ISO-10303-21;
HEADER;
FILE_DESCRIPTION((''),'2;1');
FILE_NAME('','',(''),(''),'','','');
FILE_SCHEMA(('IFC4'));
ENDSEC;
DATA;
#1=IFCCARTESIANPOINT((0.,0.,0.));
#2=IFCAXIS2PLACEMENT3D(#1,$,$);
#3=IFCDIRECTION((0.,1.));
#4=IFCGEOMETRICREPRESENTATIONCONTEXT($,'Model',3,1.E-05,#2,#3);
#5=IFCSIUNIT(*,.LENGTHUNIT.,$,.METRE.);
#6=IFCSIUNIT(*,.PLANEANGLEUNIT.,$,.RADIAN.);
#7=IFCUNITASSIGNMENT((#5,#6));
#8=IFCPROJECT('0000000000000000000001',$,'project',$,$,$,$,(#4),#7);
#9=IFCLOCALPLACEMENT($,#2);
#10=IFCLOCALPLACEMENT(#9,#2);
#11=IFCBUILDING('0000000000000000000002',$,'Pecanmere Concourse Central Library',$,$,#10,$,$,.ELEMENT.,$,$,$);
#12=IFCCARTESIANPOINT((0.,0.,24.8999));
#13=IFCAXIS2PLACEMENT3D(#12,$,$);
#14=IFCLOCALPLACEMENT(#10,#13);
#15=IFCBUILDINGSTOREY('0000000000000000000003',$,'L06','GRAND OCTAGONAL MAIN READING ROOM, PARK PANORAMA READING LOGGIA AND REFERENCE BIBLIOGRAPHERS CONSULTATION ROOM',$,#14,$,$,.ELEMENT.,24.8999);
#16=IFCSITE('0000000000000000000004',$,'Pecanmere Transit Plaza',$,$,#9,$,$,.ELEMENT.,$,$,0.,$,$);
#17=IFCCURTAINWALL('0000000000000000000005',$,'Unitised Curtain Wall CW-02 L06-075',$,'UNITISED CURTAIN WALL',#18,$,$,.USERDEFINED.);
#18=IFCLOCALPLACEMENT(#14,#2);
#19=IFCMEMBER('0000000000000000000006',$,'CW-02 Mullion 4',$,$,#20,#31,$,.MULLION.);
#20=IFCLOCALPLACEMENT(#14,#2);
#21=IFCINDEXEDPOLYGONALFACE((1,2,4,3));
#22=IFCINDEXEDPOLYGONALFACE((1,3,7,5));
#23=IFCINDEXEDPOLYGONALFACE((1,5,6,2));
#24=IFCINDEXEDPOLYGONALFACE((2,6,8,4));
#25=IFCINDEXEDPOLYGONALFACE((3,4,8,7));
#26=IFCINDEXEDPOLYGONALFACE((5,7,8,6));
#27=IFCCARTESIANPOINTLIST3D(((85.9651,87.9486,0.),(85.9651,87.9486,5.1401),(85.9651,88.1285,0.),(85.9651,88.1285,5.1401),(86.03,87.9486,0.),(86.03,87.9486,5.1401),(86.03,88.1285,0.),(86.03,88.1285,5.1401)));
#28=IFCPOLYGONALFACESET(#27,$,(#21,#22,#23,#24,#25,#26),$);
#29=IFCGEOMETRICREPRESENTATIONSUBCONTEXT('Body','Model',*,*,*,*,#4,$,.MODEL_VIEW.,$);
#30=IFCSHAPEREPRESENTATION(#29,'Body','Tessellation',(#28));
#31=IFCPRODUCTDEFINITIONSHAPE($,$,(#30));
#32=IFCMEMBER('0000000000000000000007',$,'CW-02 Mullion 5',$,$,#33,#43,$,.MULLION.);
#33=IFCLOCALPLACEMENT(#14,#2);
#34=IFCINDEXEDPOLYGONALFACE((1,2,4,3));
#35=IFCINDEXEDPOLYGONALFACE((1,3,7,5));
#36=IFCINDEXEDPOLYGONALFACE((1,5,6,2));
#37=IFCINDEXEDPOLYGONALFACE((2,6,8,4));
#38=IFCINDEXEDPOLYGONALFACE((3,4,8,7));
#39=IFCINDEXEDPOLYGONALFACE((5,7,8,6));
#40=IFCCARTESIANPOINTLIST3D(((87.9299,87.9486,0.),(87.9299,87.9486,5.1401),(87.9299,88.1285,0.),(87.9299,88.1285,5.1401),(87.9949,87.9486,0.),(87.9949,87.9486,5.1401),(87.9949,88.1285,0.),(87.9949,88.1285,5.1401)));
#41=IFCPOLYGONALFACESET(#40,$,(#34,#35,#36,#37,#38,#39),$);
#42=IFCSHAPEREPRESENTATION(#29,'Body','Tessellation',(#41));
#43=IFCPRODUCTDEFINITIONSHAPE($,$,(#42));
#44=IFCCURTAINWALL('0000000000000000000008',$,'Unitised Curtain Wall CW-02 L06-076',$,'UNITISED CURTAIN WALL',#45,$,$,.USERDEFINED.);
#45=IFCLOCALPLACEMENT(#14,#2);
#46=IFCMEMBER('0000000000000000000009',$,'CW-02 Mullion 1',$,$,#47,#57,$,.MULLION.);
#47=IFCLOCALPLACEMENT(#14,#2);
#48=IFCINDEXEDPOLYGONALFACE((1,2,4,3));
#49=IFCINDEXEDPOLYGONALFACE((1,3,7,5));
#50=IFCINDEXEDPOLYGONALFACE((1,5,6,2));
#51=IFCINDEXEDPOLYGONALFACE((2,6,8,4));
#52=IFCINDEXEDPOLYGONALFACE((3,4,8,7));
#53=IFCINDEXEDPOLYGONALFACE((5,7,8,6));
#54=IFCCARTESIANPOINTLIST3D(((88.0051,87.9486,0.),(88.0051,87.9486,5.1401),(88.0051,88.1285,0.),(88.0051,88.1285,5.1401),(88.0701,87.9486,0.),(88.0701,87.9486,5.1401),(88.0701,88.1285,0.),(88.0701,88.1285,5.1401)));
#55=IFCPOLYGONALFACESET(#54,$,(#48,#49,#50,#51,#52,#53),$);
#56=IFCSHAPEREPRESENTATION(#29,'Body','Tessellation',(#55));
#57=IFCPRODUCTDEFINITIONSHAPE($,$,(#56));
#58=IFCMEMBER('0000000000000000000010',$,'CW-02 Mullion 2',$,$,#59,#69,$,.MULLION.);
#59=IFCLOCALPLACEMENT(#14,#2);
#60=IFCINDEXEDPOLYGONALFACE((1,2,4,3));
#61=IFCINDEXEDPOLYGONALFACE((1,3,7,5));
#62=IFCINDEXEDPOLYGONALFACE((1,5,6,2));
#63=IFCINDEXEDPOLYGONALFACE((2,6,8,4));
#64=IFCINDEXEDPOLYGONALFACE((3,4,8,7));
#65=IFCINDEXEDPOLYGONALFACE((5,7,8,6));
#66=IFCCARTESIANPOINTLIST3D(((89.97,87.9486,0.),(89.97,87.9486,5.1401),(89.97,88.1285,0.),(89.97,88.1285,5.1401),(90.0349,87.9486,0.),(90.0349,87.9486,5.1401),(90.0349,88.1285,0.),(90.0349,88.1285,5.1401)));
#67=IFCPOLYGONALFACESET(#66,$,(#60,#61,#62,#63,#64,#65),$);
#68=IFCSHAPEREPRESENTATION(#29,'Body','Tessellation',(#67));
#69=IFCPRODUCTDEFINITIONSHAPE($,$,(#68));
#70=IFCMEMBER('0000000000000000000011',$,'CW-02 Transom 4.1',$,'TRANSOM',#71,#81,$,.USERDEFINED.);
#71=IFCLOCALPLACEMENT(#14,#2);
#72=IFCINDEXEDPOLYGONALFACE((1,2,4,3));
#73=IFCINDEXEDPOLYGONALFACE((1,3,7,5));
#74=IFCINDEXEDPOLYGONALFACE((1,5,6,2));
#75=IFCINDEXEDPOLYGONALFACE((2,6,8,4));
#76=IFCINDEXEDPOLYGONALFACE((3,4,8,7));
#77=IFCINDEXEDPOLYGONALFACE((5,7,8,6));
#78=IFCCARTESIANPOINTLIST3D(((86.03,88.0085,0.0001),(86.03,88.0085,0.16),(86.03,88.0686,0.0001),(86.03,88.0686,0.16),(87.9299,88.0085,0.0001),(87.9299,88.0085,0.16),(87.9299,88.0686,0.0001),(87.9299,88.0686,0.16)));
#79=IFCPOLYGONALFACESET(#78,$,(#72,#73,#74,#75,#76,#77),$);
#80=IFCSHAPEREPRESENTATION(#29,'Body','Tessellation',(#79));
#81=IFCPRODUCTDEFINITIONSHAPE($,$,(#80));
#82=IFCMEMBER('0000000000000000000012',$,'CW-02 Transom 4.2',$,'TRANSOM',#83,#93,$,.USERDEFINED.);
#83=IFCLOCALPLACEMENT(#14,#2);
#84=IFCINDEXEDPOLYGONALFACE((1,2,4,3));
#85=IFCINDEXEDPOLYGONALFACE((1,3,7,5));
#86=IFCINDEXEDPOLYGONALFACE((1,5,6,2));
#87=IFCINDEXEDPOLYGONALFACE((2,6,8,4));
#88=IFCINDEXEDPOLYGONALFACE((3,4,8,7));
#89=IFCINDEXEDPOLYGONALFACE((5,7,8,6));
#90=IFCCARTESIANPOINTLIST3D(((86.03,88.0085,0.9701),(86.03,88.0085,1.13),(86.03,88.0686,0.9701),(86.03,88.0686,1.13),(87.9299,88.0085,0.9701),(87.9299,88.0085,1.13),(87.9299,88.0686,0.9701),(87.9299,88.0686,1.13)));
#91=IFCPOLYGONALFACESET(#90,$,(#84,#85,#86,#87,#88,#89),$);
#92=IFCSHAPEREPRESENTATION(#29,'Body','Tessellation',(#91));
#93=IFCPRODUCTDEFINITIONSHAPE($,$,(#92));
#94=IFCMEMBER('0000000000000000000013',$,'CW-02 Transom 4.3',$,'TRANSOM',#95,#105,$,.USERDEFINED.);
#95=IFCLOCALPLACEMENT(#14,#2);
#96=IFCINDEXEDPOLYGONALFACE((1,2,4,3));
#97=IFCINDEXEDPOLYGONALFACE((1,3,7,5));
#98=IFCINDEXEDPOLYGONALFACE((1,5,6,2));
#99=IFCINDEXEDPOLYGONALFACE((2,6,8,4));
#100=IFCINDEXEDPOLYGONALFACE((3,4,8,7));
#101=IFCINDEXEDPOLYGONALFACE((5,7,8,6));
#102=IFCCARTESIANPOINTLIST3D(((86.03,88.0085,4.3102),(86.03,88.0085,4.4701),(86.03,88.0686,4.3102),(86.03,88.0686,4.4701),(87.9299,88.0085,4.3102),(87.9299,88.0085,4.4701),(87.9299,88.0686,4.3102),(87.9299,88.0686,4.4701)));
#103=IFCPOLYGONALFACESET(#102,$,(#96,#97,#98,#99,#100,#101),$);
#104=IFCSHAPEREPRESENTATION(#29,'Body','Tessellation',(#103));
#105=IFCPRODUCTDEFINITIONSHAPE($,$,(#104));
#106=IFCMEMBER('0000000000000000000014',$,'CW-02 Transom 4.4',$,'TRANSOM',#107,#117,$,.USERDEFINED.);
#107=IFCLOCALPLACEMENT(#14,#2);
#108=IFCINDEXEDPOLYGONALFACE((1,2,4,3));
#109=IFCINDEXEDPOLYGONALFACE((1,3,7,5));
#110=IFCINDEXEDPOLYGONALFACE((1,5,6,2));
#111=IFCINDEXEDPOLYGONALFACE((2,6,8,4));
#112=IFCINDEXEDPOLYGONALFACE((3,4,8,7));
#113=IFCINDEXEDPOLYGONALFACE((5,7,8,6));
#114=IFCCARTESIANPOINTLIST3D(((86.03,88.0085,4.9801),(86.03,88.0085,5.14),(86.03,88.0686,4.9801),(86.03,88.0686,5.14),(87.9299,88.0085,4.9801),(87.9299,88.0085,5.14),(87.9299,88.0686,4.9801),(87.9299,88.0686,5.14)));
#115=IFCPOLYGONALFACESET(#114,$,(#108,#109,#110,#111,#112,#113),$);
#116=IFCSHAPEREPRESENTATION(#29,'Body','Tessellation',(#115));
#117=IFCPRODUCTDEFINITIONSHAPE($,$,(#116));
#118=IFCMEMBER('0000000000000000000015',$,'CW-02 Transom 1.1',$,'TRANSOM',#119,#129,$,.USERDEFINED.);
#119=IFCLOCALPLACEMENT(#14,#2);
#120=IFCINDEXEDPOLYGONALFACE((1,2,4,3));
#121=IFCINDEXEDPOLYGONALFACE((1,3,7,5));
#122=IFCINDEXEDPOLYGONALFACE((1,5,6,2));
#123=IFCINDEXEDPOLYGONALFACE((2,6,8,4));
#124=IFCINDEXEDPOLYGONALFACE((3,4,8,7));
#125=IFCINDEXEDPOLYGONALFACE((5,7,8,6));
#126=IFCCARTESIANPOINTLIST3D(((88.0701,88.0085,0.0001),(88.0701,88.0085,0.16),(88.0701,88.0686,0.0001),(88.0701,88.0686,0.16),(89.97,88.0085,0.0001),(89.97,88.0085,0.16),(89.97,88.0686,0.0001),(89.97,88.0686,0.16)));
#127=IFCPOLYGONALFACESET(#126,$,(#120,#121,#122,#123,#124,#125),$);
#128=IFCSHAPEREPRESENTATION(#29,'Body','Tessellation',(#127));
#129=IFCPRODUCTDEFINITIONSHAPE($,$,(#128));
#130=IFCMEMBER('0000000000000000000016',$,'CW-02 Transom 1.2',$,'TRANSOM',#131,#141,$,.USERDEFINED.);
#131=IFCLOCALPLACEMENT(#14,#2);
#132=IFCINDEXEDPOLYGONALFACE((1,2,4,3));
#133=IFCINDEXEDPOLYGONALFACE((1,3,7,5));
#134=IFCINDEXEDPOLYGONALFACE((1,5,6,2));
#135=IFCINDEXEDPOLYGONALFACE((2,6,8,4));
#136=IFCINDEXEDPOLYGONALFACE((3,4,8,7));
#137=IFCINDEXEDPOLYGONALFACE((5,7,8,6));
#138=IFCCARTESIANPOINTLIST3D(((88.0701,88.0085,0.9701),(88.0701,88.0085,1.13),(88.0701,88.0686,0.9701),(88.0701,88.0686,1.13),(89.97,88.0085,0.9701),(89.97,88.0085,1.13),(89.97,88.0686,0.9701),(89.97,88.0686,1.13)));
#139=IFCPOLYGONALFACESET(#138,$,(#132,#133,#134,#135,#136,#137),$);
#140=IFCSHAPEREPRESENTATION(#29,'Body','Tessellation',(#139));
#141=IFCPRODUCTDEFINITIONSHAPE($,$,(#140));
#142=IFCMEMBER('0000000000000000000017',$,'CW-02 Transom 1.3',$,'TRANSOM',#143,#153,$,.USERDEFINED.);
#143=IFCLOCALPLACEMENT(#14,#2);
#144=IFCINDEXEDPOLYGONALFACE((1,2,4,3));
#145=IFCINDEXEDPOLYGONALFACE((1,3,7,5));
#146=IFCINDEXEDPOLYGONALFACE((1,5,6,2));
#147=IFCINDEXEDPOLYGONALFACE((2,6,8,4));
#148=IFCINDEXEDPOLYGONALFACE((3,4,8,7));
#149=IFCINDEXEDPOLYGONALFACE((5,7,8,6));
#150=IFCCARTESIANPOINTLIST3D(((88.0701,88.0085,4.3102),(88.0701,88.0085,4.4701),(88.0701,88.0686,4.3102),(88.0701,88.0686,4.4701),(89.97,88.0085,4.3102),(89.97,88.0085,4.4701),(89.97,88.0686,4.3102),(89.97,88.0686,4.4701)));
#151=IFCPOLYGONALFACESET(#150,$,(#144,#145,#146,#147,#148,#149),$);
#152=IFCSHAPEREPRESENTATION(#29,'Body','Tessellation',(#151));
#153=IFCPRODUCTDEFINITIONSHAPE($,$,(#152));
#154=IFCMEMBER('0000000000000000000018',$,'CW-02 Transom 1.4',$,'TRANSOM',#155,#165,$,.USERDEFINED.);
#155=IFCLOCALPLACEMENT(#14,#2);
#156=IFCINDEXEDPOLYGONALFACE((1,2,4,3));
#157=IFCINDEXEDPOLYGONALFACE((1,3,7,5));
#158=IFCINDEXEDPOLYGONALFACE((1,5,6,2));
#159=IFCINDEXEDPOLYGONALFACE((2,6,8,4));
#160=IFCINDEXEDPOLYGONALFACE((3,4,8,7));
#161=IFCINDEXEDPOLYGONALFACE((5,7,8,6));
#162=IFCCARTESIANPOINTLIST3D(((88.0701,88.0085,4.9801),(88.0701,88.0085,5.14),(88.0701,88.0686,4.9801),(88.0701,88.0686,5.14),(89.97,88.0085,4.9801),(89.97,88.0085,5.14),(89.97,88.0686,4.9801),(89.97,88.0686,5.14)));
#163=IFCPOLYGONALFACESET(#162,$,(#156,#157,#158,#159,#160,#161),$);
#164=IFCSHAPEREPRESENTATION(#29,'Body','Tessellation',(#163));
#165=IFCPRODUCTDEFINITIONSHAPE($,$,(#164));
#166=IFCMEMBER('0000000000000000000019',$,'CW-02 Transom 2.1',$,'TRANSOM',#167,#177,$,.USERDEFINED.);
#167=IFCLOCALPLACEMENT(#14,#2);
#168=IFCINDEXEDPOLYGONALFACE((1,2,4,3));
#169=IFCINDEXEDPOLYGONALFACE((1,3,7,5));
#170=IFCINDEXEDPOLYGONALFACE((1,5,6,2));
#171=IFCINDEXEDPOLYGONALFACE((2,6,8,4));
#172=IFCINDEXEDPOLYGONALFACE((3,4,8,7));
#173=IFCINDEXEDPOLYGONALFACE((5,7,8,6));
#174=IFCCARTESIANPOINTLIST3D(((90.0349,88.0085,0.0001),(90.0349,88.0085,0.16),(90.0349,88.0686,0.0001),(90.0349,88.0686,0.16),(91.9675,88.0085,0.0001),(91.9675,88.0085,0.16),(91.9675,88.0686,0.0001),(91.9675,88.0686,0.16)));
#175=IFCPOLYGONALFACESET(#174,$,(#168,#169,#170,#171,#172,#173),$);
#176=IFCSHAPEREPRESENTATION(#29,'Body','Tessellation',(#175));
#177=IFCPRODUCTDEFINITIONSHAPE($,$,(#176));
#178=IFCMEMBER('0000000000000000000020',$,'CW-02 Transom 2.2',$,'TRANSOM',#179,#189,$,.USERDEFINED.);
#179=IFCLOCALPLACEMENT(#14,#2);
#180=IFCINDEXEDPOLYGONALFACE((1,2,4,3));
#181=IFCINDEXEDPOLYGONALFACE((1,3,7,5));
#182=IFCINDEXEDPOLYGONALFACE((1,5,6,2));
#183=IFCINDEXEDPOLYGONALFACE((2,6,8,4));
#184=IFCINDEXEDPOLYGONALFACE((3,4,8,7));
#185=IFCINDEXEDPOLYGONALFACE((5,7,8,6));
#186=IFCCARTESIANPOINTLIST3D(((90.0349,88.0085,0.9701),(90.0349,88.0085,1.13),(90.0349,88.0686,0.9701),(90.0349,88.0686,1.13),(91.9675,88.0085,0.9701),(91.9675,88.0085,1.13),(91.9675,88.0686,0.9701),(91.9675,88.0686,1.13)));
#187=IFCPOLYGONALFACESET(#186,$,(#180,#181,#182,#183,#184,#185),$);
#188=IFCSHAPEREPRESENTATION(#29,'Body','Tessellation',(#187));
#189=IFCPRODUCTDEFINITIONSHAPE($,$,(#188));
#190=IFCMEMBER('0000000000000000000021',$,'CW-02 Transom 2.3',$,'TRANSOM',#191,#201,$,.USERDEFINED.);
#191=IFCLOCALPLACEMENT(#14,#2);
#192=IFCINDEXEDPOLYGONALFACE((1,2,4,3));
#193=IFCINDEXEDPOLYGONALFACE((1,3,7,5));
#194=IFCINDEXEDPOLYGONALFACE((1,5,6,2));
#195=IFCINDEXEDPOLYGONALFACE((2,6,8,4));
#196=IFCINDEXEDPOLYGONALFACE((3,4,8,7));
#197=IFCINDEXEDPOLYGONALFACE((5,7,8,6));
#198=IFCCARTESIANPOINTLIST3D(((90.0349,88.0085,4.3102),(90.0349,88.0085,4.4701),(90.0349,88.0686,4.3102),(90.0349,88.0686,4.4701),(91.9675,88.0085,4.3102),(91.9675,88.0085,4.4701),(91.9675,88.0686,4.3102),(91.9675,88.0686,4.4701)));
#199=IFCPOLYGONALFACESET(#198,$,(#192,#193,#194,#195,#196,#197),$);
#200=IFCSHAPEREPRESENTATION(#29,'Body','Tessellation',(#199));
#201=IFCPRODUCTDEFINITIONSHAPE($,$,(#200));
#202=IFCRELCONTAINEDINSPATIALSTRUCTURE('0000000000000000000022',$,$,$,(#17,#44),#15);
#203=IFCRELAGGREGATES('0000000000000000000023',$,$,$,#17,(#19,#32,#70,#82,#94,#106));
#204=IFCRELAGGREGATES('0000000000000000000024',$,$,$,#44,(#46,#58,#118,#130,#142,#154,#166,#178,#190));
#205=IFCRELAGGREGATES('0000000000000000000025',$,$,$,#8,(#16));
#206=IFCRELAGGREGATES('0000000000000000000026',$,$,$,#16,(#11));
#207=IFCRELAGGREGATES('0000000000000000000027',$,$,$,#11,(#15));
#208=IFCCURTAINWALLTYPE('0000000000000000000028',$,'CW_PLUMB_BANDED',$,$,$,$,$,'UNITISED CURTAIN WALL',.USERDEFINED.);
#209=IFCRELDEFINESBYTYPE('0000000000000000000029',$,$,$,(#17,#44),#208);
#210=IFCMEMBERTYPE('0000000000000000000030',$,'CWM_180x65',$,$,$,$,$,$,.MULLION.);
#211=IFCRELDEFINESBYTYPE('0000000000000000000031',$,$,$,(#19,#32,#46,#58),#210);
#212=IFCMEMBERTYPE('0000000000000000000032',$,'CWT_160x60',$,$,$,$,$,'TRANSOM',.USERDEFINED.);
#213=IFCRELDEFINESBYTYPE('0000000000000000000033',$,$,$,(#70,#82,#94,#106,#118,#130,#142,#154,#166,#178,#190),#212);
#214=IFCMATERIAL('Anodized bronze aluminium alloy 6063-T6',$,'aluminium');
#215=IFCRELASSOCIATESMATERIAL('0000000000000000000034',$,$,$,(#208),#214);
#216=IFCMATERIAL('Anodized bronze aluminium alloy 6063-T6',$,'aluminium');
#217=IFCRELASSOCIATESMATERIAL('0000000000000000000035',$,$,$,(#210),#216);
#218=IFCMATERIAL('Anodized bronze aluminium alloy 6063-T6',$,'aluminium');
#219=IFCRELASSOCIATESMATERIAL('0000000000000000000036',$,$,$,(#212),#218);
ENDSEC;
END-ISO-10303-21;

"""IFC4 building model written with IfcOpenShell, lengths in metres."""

from ifc_helpers import new_model, si_unit, direction, frame, origin, origin_2d, place, context, subcontext, project, spatial, rectangle, extrude, material, material_profile, profile_set, type_object, element, aggregate, save


model = new_model("IFC4")

# Units and contexts
model_context = context("Model", 3, precision=1e-05, world=origin(), true_north=direction((0.0, 1.0)))
body_context = subcontext(model_context, "Body", "Model", "MODEL_VIEW")
ifc_project = project(units=[si_unit("LENGTHUNIT", "METRE"), si_unit("PLANEANGLEUNIT", "RADIAN")], contexts=[model_context])

# Site, building, storey
site_placement = place(None, origin())
site = spatial("IfcSite", under=ifc_project, at=site_placement, Name="Pecanmere Transit Plaza", CompositionType="ELEMENT", RefElevation=0.0)
building_placement = place(site_placement, origin())
building = spatial("IfcBuilding", under=site, at=building_placement, Name="Pecanmere Concourse Central Library", CompositionType="ELEMENT")
storey_placement = place(building_placement, frame((0.0, 0.0, 24.8999)))
storey = spatial("IfcBuildingStorey", under=building, at=storey_placement, Name="L06", Description="GRAND OCTAGONAL MAIN READING ROOM, PARK PANORAMA READING LOGGIA AND REFERENCE BIBLIOGRAPHERS CONSULTATION ROOM", CompositionType="ELEMENT", Elevation=24.8999)

# Curtain walls, members
ifc_material_1 = material(Name="Anodized bronze aluminium alloy 6063-T6", Category="aluminium")
curtain_wall_type = type_object("IfcCurtainWallType", Name="CW_PLUMB_BANDED", ElementType="UNITISED CURTAIN WALL", PredefinedType="USERDEFINED", material=ifc_material_1)
curtain_wall_1_placement = place(storey_placement, origin())
curtain_wall_1 = element("IfcCurtainWall", 1, at=curtain_wall_1_placement, inside=storey, type_object=curtain_wall_type, Name="Unitised Curtain Wall CW-02 L06-075", ObjectType="UNITISED CURTAIN WALL", PredefinedType="USERDEFINED")
ifc_material_2 = material(Name="Anodized bronze aluminium alloy 6063-T6", Category="aluminium")
ifc_material_profile_1 = material_profile(ifc_material_2, rectangle(XDim=0.0649, YDim=0.1799, at=origin_2d()), Name="AL 65x180")
ifc_profile_set_1 = profile_set([ifc_material_profile_1], Name="Anodized bronze aluminium alloy 6063-T6")
member_type_1 = type_object("IfcMemberType", Name="CWM_180x65", PredefinedType="MULLION", material=ifc_profile_set_1)
member_1_placement = place(storey_placement, frame((85.9976, 88.0386, 0.0), z_axis=(0.0, 0.0, 1.0), x_axis=(1.0, 0.0, 0.0)))
member_1 = element("IfcMember", 2, at=member_1_placement, type_object=member_type_1, Name="CW-02 Mullion 4", PredefinedType="MULLION", context=body_context, shape_type="SweptSolid", body=[
    extrude(rectangle(XDim=0.0649, YDim=0.1799, at=origin_2d()), origin(), (0.0, 0.0, 1.0), 5.1401),
])
member_2_placement = place(storey_placement, frame((87.9624, 88.0386, 0.0), z_axis=(0.0, 0.0, 1.0), x_axis=(1.0, 0.0, 0.0)))
member_2 = element("IfcMember", 3, at=member_2_placement, type_object=member_type_1, Name="CW-02 Mullion 5", PredefinedType="MULLION", context=body_context, shape_type="SweptSolid", body=[
    extrude(rectangle(XDim=0.0649, YDim=0.1799, at=origin_2d()), origin(), (0.0, 0.0, 1.0), 5.1401),
])
curtain_wall_2_placement = place(storey_placement, origin())
curtain_wall_2 = element("IfcCurtainWall", 4, at=curtain_wall_2_placement, inside=storey, type_object=curtain_wall_type, Name="Unitised Curtain Wall CW-02 L06-076", ObjectType="UNITISED CURTAIN WALL", PredefinedType="USERDEFINED")
member_3_placement = place(storey_placement, frame((88.0376, 88.0386, 0.0), z_axis=(0.0, 0.0, 1.0), x_axis=(1.0, 0.0, 0.0)))
member_3 = element("IfcMember", 5, at=member_3_placement, type_object=member_type_1, Name="CW-02 Mullion 1", PredefinedType="MULLION", context=body_context, shape_type="SweptSolid", body=[
    extrude(rectangle(XDim=0.0649, YDim=0.1799, at=origin_2d()), origin(), (0.0, 0.0, 1.0), 5.1401),
])
member_4_placement = place(storey_placement, frame((90.0024, 88.0386, 0.0), z_axis=(0.0, 0.0, 1.0), x_axis=(1.0, 0.0, 0.0)))
member_4 = element("IfcMember", 6, at=member_4_placement, type_object=member_type_1, Name="CW-02 Mullion 2", PredefinedType="MULLION", context=body_context, shape_type="SweptSolid", body=[
    extrude(rectangle(XDim=0.0649, YDim=0.1799, at=origin_2d()), origin(), (0.0, 0.0, 1.0), 5.1401),
])

# Members
ifc_material_3 = material(Name="Anodized bronze aluminium alloy 6063-T6", Category="aluminium")
ifc_material_profile_2 = material_profile(ifc_material_3, rectangle(XDim=0.0601, YDim=0.1599, at=origin_2d()), Name="AL 60x160")
ifc_profile_set_2 = profile_set([ifc_material_profile_2], Name="Anodized bronze aluminium alloy 6063-T6")
member_type_2 = type_object("IfcMemberType", Name="CWT_160x60", ElementType="TRANSOM", PredefinedType="USERDEFINED", material=ifc_profile_set_2)
member_5_placement = place(storey_placement, frame((86.03, 88.0386, 0.0801), z_axis=(1.0, 0.0, 0.0), x_axis=(0.0, 1.0, 0.0)))
member_5 = element("IfcMember", 7, at=member_5_placement, type_object=member_type_2, Name="CW-02 Transom 4.1", ObjectType="TRANSOM", PredefinedType="USERDEFINED", context=body_context, shape_type="SweptSolid", body=[
    extrude(rectangle(XDim=0.0601, YDim=0.1599, at=origin_2d()), origin(), (0.0, 0.0, 1.0), 1.8999),
])
member_6_placement = place(storey_placement, frame((86.03, 88.0386, 1.05), z_axis=(1.0, 0.0, 0.0), x_axis=(0.0, 1.0, 0.0)))
member_6 = element("IfcMember", 8, at=member_6_placement, type_object=member_type_2, Name="CW-02 Transom 4.2", ObjectType="TRANSOM", PredefinedType="USERDEFINED", context=body_context, shape_type="SweptSolid", body=[
    extrude(rectangle(XDim=0.0601, YDim=0.1599, at=origin_2d()), origin(), (0.0, 0.0, 1.0), 1.8999),
])
member_7_placement = place(storey_placement, frame((86.03, 88.0386, 4.3901), z_axis=(1.0, 0.0, 0.0), x_axis=(0.0, 1.0, 0.0)))
member_7 = element("IfcMember", 9, at=member_7_placement, type_object=member_type_2, Name="CW-02 Transom 4.3", ObjectType="TRANSOM", PredefinedType="USERDEFINED", context=body_context, shape_type="SweptSolid", body=[
    extrude(rectangle(XDim=0.0601, YDim=0.1599, at=origin_2d()), origin(), (0.0, 0.0, 1.0), 1.8999),
])
member_8_placement = place(storey_placement, frame((86.03, 88.0386, 5.0601), z_axis=(1.0, 0.0, 0.0), x_axis=(0.0, 1.0, 0.0)))
member_8 = element("IfcMember", 10, at=member_8_placement, type_object=member_type_2, Name="CW-02 Transom 4.4", ObjectType="TRANSOM", PredefinedType="USERDEFINED", context=body_context, shape_type="SweptSolid", body=[
    extrude(rectangle(XDim=0.0601, YDim=0.1599, at=origin_2d()), origin(), (0.0, 0.0, 1.0), 1.8999),
])
member_9_placement = place(storey_placement, frame((88.0701, 88.0386, 0.0801), z_axis=(1.0, 0.0, 0.0), x_axis=(0.0, 1.0, 0.0)))
member_9 = element("IfcMember", 11, at=member_9_placement, type_object=member_type_2, Name="CW-02 Transom 1.1", ObjectType="TRANSOM", PredefinedType="USERDEFINED", context=body_context, shape_type="SweptSolid", body=[
    extrude(rectangle(XDim=0.0601, YDim=0.1599, at=origin_2d()), origin(), (0.0, 0.0, 1.0), 1.8999),
])
member_10_placement = place(storey_placement, frame((88.0701, 88.0386, 1.05), z_axis=(1.0, 0.0, 0.0), x_axis=(0.0, 1.0, 0.0)))
member_10 = element("IfcMember", 12, at=member_10_placement, type_object=member_type_2, Name="CW-02 Transom 1.2", ObjectType="TRANSOM", PredefinedType="USERDEFINED", context=body_context, shape_type="SweptSolid", body=[
    extrude(rectangle(XDim=0.0601, YDim=0.1599, at=origin_2d()), origin(), (0.0, 0.0, 1.0), 1.8999),
])
member_11_placement = place(storey_placement, frame((88.0701, 88.0386, 4.3901), z_axis=(1.0, 0.0, 0.0), x_axis=(0.0, 1.0, 0.0)))
member_11 = element("IfcMember", 13, at=member_11_placement, type_object=member_type_2, Name="CW-02 Transom 1.3", ObjectType="TRANSOM", PredefinedType="USERDEFINED", context=body_context, shape_type="SweptSolid", body=[
    extrude(rectangle(XDim=0.0601, YDim=0.1599, at=origin_2d()), origin(), (0.0, 0.0, 1.0), 1.8999),
])
member_12_placement = place(storey_placement, frame((88.0701, 88.0386, 5.0601), z_axis=(1.0, 0.0, 0.0), x_axis=(0.0, 1.0, 0.0)))
member_12 = element("IfcMember", 14, at=member_12_placement, type_object=member_type_2, Name="CW-02 Transom 1.4", ObjectType="TRANSOM", PredefinedType="USERDEFINED", context=body_context, shape_type="SweptSolid", body=[
    extrude(rectangle(XDim=0.0601, YDim=0.1599, at=origin_2d()), origin(), (0.0, 0.0, 1.0), 1.8999),
])
member_13_placement = place(storey_placement, frame((90.0349, 88.0386, 0.0801), z_axis=(1.0, 0.0, 0.0), x_axis=(0.0, 1.0, 0.0)))
member_13 = element("IfcMember", 15, at=member_13_placement, type_object=member_type_2, Name="CW-02 Transom 2.1", ObjectType="TRANSOM", PredefinedType="USERDEFINED", context=body_context, shape_type="SweptSolid", body=[
    extrude(rectangle(XDim=0.0601, YDim=0.1599, at=origin_2d()), origin(), (0.0, 0.0, 1.0), 1.9326),
])
member_14_placement = place(storey_placement, frame((90.0349, 88.0386, 1.05), z_axis=(1.0, 0.0, 0.0), x_axis=(0.0, 1.0, 0.0)))
member_14 = element("IfcMember", 16, at=member_14_placement, type_object=member_type_2, Name="CW-02 Transom 2.2", ObjectType="TRANSOM", PredefinedType="USERDEFINED", context=body_context, shape_type="SweptSolid", body=[
    extrude(rectangle(XDim=0.0601, YDim=0.1599, at=origin_2d()), origin(), (0.0, 0.0, 1.0), 1.9326),
])
member_15_placement = place(storey_placement, frame((90.0349, 88.0386, 4.3901), z_axis=(1.0, 0.0, 0.0), x_axis=(0.0, 1.0, 0.0)))
member_15 = element("IfcMember", 17, at=member_15_placement, type_object=member_type_2, Name="CW-02 Transom 2.3", ObjectType="TRANSOM", PredefinedType="USERDEFINED", context=body_context, shape_type="SweptSolid", body=[
    extrude(rectangle(XDim=0.0601, YDim=0.1599, at=origin_2d()), origin(), (0.0, 0.0, 1.0), 1.9326),
])

aggregate(curtain_wall_1, [member_1, member_2, member_5, member_6, member_7, member_8])
aggregate(curtain_wall_2, [member_3, member_4, member_9, member_10, member_11, member_12, member_13, member_14, member_15])

save(model, "model.ifc")
